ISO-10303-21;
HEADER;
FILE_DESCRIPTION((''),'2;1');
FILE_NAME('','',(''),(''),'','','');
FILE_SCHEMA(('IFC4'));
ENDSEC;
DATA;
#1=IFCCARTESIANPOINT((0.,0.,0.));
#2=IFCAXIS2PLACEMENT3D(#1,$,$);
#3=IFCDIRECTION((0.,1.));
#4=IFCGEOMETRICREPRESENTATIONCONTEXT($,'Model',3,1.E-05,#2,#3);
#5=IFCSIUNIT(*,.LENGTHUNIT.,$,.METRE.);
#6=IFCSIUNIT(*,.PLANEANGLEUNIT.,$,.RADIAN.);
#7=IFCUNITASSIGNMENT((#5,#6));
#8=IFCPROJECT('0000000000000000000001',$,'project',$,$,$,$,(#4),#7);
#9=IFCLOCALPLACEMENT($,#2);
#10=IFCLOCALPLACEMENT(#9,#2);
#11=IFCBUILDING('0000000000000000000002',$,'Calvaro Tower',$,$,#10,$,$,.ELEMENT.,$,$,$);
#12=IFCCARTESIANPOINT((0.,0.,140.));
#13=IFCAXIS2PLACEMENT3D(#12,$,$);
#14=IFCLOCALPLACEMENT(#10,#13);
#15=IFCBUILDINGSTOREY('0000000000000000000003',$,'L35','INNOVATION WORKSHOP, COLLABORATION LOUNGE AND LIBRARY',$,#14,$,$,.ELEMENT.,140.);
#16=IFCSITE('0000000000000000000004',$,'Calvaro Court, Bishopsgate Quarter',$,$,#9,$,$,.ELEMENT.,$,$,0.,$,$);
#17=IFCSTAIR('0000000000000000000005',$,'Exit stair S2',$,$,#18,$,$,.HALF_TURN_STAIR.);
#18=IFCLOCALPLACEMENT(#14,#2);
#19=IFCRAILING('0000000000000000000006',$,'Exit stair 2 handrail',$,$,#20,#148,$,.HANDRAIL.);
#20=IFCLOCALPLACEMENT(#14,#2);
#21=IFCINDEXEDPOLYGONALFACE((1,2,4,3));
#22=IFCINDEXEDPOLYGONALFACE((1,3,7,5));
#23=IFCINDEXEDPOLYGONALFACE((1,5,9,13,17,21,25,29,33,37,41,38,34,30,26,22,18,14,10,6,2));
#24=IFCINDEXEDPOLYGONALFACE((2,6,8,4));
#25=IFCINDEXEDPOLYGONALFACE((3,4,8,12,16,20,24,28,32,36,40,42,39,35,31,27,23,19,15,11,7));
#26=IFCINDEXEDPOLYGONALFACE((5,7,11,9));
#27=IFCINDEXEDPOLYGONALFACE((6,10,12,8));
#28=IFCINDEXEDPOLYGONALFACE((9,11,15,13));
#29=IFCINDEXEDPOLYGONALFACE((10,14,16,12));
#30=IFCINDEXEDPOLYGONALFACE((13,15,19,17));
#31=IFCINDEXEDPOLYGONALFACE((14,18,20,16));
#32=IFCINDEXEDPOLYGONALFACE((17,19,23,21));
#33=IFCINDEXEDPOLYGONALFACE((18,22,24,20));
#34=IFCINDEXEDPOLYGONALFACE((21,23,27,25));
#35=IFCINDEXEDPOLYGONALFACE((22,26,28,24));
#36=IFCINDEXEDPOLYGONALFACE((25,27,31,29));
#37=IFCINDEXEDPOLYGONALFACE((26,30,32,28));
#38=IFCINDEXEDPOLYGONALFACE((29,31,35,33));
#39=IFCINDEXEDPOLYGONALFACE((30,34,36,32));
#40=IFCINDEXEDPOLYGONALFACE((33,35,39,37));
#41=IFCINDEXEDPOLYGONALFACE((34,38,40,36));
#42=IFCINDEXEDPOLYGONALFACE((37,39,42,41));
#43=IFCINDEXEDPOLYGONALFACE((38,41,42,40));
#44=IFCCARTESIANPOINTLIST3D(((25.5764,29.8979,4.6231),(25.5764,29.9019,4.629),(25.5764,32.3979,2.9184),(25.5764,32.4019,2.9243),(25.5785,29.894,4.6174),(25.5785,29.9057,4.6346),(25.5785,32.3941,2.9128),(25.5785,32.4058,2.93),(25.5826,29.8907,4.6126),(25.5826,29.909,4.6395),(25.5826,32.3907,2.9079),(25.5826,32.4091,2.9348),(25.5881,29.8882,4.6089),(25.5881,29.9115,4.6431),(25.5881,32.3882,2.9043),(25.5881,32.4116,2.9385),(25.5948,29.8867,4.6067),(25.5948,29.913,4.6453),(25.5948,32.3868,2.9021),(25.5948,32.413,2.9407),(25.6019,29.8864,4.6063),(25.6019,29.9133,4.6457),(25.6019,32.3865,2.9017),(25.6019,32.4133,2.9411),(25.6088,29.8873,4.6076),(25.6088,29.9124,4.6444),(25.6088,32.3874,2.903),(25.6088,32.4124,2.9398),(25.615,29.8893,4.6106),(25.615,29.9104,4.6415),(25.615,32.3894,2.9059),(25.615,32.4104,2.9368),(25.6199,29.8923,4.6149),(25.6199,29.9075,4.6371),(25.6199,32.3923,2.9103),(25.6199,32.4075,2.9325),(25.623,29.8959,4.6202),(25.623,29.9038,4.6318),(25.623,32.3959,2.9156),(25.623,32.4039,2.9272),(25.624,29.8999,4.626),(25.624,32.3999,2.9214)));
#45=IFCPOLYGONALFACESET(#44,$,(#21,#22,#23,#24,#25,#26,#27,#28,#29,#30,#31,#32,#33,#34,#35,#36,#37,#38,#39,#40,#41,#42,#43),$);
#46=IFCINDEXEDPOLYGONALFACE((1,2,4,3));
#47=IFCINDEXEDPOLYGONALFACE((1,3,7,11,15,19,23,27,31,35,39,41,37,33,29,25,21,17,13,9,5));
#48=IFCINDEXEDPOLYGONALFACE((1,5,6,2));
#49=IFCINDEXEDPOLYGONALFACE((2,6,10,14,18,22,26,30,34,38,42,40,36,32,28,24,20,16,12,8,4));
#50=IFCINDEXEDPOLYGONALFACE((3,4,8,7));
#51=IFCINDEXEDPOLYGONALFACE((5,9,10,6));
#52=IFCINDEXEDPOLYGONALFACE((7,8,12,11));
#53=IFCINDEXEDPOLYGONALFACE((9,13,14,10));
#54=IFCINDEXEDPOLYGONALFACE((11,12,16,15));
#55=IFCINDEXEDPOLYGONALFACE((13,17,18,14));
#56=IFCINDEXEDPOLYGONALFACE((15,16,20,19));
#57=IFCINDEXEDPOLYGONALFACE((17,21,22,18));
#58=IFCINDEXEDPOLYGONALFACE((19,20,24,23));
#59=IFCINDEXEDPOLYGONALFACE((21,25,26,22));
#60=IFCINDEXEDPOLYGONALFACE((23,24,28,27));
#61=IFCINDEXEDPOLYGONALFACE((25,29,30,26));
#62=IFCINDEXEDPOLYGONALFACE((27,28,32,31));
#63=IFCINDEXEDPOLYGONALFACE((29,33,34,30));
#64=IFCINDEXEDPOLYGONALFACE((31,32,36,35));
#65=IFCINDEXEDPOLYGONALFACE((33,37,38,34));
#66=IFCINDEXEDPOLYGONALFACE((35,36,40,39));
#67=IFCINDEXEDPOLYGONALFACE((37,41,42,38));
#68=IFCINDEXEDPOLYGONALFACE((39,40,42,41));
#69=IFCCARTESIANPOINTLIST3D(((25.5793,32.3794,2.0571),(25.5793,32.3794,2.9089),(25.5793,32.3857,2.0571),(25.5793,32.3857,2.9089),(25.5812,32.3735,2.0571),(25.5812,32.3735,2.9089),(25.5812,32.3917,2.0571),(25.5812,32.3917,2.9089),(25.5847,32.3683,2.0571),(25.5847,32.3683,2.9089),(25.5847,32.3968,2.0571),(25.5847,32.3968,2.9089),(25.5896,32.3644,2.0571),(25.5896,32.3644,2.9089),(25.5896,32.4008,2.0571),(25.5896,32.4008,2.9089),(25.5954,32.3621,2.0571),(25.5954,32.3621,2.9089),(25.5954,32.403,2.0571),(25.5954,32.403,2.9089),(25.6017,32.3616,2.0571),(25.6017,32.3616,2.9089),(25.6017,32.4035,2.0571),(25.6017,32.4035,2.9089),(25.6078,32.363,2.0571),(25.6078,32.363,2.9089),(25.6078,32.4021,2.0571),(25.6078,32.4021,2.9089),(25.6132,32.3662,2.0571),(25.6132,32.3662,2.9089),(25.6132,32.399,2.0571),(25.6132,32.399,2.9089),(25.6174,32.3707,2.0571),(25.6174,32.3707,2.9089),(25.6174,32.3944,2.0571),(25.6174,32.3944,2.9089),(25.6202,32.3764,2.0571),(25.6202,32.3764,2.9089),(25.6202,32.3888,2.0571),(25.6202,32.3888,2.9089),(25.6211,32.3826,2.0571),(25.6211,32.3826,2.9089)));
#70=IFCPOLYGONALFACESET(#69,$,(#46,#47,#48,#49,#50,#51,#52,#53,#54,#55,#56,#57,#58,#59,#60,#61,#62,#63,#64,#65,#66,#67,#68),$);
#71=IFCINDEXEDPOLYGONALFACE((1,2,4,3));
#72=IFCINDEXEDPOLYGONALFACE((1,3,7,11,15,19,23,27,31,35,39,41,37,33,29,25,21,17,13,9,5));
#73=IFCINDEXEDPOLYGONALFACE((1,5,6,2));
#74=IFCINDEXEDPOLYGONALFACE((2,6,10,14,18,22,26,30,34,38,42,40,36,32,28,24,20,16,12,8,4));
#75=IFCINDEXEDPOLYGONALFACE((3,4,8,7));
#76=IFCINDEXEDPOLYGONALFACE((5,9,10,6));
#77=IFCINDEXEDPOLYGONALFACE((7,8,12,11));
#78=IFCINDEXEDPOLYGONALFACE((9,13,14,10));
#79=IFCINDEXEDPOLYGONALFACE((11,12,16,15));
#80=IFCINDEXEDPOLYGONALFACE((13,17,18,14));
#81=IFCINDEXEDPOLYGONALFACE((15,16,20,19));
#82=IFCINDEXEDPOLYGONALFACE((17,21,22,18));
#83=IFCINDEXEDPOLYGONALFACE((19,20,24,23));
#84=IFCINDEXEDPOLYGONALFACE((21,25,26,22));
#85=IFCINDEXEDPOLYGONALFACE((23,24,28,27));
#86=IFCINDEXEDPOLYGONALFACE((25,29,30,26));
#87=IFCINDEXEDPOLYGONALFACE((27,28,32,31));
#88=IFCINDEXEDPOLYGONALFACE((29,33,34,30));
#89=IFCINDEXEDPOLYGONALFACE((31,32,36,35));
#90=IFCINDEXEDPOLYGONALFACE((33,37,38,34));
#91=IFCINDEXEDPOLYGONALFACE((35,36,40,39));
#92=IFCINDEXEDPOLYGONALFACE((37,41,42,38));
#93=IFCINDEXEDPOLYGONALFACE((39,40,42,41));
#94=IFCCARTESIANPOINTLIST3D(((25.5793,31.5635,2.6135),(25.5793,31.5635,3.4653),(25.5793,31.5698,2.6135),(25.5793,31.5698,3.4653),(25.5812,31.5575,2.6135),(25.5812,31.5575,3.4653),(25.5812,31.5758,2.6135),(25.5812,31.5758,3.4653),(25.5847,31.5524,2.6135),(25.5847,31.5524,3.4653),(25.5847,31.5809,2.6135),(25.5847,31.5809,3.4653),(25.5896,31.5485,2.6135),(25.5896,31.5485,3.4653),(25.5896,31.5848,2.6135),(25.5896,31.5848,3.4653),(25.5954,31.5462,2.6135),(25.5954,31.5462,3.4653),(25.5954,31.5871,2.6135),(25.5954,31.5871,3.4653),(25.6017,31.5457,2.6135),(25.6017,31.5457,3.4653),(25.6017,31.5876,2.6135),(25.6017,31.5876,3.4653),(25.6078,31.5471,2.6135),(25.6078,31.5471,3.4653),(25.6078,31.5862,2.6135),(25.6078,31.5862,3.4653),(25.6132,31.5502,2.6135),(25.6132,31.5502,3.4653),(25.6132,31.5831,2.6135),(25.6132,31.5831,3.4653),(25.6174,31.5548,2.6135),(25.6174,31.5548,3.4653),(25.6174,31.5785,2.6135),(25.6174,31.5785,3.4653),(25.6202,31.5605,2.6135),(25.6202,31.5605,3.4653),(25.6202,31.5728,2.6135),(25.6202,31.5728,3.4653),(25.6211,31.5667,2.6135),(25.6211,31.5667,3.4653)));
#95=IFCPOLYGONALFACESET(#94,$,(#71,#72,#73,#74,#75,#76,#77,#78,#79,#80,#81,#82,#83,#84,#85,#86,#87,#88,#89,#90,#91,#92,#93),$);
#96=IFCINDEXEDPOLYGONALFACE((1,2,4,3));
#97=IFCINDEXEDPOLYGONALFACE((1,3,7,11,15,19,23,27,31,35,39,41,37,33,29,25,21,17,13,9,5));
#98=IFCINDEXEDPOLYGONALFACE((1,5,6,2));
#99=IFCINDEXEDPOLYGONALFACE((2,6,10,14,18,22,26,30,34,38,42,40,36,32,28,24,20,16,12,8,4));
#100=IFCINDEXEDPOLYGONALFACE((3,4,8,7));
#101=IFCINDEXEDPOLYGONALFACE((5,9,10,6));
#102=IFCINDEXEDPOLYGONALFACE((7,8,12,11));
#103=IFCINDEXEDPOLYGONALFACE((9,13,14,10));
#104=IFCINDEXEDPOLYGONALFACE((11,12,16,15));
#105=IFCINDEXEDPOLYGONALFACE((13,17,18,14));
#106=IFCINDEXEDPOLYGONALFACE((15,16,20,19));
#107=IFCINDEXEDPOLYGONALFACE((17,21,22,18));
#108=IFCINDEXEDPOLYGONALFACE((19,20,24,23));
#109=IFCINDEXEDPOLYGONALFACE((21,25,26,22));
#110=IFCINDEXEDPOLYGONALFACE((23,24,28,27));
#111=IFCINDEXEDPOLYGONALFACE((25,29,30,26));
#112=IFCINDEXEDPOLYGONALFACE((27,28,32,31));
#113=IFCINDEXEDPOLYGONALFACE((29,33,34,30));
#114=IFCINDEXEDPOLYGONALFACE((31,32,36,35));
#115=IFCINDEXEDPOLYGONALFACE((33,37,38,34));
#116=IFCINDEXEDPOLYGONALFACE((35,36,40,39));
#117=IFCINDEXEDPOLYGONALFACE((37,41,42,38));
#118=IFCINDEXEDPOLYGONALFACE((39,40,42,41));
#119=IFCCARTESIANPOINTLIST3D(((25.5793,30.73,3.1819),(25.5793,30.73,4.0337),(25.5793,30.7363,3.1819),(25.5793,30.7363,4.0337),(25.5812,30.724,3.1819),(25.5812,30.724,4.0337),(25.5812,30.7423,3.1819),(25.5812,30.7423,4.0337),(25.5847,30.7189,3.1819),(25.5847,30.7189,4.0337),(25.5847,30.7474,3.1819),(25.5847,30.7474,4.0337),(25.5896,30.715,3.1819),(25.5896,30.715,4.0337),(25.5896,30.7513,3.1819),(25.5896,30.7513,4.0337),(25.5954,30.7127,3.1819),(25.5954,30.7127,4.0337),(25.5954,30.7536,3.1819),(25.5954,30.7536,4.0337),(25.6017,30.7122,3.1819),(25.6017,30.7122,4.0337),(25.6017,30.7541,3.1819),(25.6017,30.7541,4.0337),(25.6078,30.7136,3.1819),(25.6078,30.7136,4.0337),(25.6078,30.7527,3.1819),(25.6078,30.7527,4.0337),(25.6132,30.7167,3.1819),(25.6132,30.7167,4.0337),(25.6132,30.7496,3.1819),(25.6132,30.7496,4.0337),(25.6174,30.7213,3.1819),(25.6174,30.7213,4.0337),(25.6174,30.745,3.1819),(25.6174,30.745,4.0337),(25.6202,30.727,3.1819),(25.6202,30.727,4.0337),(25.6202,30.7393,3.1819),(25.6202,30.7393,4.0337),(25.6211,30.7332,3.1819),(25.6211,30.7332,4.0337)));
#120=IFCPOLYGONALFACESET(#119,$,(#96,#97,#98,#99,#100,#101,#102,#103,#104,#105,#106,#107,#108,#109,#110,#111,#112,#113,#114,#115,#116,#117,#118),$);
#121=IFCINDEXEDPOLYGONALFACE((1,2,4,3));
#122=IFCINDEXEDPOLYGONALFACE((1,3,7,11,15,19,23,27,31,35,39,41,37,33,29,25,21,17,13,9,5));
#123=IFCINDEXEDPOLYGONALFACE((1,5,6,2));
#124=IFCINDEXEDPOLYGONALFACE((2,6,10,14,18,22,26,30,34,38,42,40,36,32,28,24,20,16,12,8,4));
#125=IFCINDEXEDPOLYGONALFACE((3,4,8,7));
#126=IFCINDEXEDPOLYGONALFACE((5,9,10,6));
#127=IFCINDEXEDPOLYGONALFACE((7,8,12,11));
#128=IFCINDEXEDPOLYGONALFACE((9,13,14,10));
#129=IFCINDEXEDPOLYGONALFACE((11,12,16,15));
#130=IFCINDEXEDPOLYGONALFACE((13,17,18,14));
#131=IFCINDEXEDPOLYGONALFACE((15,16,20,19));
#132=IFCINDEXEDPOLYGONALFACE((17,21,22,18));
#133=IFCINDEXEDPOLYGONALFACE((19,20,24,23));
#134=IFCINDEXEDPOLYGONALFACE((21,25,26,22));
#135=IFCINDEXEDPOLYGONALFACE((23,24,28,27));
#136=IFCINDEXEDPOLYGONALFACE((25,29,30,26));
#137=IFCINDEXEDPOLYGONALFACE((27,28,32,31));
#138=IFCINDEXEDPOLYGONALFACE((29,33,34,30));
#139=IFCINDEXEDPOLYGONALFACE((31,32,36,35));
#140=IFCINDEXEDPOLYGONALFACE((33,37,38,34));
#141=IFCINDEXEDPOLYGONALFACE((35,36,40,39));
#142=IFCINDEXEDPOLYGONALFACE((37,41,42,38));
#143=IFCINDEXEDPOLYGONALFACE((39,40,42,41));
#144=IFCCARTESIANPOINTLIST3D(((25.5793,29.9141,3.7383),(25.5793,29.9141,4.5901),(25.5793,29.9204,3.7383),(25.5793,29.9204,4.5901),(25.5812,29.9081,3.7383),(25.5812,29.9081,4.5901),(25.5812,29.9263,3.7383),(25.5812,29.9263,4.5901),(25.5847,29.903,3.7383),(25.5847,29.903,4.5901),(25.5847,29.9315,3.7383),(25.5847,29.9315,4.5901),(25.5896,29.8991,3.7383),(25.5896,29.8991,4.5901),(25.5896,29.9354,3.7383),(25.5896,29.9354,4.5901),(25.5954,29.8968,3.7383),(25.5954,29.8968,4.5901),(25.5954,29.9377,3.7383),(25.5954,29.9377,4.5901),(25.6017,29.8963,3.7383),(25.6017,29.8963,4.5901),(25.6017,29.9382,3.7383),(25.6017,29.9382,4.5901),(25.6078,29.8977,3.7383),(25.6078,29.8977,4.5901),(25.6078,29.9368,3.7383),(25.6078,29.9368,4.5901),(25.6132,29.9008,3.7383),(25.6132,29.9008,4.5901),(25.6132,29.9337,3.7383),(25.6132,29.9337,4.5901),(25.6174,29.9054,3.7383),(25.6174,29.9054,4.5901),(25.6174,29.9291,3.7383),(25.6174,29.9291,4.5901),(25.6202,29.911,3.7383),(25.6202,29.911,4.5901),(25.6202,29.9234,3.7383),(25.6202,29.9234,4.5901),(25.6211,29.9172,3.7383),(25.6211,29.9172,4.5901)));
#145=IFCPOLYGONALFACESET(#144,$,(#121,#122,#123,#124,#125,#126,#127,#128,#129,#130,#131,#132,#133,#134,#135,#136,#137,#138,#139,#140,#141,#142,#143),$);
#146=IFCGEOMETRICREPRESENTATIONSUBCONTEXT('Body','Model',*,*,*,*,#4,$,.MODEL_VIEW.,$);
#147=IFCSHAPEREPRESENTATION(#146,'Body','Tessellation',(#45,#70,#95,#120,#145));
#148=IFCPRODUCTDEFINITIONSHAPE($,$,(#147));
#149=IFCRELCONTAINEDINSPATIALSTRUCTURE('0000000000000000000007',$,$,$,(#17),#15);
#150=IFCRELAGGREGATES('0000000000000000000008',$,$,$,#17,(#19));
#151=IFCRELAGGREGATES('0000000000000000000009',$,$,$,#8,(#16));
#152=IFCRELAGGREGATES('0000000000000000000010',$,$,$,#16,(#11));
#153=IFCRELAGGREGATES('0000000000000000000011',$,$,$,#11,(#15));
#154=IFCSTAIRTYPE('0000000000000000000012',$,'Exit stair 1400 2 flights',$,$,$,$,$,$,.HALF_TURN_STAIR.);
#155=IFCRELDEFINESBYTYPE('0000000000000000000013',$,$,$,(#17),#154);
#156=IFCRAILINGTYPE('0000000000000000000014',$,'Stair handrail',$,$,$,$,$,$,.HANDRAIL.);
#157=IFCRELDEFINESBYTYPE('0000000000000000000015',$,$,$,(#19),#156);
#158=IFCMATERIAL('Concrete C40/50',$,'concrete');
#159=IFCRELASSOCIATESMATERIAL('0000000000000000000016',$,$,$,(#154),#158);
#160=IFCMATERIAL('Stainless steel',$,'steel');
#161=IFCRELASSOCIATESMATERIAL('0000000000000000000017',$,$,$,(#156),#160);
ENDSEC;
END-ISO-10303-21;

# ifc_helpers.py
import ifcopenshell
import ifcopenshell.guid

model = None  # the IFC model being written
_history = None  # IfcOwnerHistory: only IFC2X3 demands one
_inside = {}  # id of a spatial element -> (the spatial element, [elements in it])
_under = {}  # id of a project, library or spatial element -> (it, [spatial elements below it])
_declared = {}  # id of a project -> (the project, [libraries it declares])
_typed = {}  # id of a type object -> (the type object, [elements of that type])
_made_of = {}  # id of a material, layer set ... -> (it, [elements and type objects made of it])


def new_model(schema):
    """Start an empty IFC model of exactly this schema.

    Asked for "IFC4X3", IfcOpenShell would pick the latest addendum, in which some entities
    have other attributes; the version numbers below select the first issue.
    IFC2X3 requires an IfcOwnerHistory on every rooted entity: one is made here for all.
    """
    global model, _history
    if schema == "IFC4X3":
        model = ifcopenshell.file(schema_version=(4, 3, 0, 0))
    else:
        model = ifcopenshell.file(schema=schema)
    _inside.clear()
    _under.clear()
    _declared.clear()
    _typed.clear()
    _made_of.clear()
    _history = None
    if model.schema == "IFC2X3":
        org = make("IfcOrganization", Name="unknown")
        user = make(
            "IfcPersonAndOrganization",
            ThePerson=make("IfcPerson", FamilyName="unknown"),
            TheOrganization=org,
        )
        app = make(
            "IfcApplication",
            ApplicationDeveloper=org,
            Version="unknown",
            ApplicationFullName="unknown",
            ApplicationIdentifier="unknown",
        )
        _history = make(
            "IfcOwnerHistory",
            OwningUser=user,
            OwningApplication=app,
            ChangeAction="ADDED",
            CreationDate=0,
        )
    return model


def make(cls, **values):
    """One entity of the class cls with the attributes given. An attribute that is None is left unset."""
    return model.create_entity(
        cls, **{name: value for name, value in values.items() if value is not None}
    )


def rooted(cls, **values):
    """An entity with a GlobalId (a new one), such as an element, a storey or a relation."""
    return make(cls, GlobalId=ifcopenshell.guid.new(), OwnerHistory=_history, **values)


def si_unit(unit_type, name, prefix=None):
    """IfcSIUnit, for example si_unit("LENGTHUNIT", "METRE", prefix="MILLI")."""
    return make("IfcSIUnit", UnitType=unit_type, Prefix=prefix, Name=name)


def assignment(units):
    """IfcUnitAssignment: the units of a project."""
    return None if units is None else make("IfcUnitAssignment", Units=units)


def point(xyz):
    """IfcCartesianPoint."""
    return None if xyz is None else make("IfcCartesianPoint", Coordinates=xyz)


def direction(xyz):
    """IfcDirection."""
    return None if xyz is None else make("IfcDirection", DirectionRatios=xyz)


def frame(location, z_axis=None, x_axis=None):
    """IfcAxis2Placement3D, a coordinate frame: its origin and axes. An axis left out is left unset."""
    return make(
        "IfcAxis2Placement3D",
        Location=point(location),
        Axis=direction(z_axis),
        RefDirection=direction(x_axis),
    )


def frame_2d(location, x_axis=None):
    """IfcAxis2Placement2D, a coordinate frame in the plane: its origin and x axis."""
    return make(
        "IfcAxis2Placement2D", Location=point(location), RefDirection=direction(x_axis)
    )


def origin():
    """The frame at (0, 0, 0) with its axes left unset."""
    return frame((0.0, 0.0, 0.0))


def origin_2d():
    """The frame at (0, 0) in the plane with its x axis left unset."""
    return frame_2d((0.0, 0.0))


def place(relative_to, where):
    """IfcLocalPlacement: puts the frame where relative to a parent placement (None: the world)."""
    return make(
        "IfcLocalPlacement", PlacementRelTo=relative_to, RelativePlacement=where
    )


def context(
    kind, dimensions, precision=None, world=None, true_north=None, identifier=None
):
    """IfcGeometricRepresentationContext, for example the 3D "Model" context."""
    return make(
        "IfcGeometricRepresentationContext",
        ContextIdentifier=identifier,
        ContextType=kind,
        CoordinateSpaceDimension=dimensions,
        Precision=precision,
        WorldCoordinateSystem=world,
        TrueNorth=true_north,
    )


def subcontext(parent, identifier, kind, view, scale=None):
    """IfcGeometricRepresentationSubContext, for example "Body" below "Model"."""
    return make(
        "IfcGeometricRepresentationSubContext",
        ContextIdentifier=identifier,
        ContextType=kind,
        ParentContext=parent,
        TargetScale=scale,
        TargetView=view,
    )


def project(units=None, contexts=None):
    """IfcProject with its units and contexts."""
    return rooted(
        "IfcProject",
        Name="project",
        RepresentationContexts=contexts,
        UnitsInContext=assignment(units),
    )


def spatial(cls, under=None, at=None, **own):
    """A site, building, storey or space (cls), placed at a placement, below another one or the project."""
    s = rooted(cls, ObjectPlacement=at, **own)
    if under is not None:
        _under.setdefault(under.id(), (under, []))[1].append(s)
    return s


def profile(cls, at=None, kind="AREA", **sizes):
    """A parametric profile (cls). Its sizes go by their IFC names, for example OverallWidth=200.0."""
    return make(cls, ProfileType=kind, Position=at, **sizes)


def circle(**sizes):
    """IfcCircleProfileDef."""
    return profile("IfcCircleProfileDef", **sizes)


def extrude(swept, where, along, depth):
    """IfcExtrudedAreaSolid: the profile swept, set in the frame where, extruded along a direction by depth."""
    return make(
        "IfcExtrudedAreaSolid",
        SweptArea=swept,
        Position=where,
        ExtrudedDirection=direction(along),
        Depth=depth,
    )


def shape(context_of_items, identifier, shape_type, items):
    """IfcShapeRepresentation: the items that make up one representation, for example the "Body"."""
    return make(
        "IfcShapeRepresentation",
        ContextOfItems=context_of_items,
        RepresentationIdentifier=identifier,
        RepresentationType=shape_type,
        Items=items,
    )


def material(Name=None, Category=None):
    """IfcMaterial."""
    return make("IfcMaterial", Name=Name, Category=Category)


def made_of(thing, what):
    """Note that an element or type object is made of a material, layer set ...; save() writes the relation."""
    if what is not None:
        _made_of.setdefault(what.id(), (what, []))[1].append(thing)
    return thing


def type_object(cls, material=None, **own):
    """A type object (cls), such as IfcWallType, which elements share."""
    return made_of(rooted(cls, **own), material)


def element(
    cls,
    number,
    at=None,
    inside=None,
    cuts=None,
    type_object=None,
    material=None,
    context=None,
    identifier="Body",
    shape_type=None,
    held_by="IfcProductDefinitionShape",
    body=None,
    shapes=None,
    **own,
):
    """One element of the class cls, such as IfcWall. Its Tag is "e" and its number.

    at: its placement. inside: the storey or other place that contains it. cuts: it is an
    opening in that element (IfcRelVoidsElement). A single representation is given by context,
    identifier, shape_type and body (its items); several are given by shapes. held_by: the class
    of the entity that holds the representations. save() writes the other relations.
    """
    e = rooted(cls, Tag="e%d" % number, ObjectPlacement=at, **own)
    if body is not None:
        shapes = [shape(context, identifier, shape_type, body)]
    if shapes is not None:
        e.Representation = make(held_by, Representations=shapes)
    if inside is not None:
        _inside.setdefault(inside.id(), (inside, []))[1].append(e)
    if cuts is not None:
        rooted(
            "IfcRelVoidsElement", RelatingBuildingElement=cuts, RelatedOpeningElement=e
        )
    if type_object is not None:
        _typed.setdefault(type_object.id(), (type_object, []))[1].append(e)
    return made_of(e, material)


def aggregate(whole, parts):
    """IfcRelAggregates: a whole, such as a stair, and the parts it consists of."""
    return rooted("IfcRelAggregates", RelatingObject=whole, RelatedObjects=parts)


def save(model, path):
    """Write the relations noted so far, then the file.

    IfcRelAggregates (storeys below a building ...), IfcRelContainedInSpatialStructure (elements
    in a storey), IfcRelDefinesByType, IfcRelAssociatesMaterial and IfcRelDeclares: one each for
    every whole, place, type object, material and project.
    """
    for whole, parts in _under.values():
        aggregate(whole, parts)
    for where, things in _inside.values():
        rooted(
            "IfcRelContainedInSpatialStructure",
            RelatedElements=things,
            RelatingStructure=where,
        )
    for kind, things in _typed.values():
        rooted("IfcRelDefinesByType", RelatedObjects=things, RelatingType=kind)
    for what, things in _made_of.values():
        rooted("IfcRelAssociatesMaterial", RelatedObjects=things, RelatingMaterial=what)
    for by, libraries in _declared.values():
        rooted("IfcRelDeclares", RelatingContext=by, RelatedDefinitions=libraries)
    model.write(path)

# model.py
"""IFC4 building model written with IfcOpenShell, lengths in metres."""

from ifc_helpers import new_model, si_unit, direction, frame, origin, origin_2d, place, context, subcontext, project, spatial, circle, extrude, material, type_object, element, aggregate, save


model = new_model("IFC4")

# Units and contexts
model_context = context("Model", 3, precision=1e-05, world=origin(), true_north=direction((0.0, 1.0)))
body_context = subcontext(model_context, "Body", "Model", "MODEL_VIEW")
ifc_project = project(units=[si_unit("LENGTHUNIT", "METRE"), si_unit("PLANEANGLEUNIT", "RADIAN")], contexts=[model_context])

# Site, building, storey
site_placement = place(None, origin())
site = spatial("IfcSite", under=ifc_project, at=site_placement, Name="Calvaro Court, Bishopsgate Quarter", CompositionType="ELEMENT", RefElevation=0.0)
building_placement = place(site_placement, origin())
building = spatial("IfcBuilding", under=site, at=building_placement, Name="Calvaro Tower", CompositionType="ELEMENT")
storey_placement = place(building_placement, frame((0.0, 0.0, 140.0)))
storey = spatial("IfcBuildingStorey", under=building, at=storey_placement, Name="L35", Description="INNOVATION WORKSHOP, COLLABORATION LOUNGE AND LIBRARY", CompositionType="ELEMENT", Elevation=140.0)

# Stair, railing
ifc_material_1 = material(Name="Concrete C40/50", Category="concrete")
stair_type = type_object("IfcStairType", Name="Exit stair 1400 2 flights", PredefinedType="HALF_TURN_STAIR", material=ifc_material_1)
stair_placement = place(storey_placement, origin())
stair = element("IfcStair", 1, at=stair_placement, inside=storey, type_object=stair_type, Name="Exit stair S2", PredefinedType="HALF_TURN_STAIR")
ifc_material_2 = material(Name="Stainless steel", Category="steel")
railing_type = type_object("IfcRailingType", Name="Stair handrail", PredefinedType="HANDRAIL", material=ifc_material_2)
railing_1_placement = place(storey_placement, frame((25.6001, 32.3999, 2.0454)))
railing_1 = element("IfcRailing", 2, at=railing_1_placement, type_object=railing_type, Name="Exit stair 2 handrail", PredefinedType="HANDRAIL", context=body_context, shape_type="SweptSolid", body=[
    extrude(circle(Radius=0.0239, at=origin_2d()), frame((0.0, 0.0, 0.876), z_axis=(0.0, -0.826221, 0.563347), x_axis=(1.0, 0.0, 0.0)), (0.0, 0.0, 1.0), 3.0259),
    extrude(circle(Radius=0.021, at=origin_2d()), frame((0.0, -0.0173, 0.0117)), (0.0, 0.0, 1.0), 0.8518),
    extrude(circle(Radius=0.021, at=origin_2d()), frame((0.0, -0.8333, 0.5681)), (0.0, 0.0, 1.0), 0.8518),
    extrude(circle(Radius=0.021, at=origin_2d()), frame((0.0, -1.6667, 1.1365)), (0.0, 0.0, 1.0), 0.8518),
    extrude(circle(Radius=0.021, at=origin_2d()), frame((0.0, -2.4827, 1.6929)), (0.0, 0.0, 1.0), 0.8518),
])
aggregate(stair, [railing_1])

save(model, "model.ifc")
